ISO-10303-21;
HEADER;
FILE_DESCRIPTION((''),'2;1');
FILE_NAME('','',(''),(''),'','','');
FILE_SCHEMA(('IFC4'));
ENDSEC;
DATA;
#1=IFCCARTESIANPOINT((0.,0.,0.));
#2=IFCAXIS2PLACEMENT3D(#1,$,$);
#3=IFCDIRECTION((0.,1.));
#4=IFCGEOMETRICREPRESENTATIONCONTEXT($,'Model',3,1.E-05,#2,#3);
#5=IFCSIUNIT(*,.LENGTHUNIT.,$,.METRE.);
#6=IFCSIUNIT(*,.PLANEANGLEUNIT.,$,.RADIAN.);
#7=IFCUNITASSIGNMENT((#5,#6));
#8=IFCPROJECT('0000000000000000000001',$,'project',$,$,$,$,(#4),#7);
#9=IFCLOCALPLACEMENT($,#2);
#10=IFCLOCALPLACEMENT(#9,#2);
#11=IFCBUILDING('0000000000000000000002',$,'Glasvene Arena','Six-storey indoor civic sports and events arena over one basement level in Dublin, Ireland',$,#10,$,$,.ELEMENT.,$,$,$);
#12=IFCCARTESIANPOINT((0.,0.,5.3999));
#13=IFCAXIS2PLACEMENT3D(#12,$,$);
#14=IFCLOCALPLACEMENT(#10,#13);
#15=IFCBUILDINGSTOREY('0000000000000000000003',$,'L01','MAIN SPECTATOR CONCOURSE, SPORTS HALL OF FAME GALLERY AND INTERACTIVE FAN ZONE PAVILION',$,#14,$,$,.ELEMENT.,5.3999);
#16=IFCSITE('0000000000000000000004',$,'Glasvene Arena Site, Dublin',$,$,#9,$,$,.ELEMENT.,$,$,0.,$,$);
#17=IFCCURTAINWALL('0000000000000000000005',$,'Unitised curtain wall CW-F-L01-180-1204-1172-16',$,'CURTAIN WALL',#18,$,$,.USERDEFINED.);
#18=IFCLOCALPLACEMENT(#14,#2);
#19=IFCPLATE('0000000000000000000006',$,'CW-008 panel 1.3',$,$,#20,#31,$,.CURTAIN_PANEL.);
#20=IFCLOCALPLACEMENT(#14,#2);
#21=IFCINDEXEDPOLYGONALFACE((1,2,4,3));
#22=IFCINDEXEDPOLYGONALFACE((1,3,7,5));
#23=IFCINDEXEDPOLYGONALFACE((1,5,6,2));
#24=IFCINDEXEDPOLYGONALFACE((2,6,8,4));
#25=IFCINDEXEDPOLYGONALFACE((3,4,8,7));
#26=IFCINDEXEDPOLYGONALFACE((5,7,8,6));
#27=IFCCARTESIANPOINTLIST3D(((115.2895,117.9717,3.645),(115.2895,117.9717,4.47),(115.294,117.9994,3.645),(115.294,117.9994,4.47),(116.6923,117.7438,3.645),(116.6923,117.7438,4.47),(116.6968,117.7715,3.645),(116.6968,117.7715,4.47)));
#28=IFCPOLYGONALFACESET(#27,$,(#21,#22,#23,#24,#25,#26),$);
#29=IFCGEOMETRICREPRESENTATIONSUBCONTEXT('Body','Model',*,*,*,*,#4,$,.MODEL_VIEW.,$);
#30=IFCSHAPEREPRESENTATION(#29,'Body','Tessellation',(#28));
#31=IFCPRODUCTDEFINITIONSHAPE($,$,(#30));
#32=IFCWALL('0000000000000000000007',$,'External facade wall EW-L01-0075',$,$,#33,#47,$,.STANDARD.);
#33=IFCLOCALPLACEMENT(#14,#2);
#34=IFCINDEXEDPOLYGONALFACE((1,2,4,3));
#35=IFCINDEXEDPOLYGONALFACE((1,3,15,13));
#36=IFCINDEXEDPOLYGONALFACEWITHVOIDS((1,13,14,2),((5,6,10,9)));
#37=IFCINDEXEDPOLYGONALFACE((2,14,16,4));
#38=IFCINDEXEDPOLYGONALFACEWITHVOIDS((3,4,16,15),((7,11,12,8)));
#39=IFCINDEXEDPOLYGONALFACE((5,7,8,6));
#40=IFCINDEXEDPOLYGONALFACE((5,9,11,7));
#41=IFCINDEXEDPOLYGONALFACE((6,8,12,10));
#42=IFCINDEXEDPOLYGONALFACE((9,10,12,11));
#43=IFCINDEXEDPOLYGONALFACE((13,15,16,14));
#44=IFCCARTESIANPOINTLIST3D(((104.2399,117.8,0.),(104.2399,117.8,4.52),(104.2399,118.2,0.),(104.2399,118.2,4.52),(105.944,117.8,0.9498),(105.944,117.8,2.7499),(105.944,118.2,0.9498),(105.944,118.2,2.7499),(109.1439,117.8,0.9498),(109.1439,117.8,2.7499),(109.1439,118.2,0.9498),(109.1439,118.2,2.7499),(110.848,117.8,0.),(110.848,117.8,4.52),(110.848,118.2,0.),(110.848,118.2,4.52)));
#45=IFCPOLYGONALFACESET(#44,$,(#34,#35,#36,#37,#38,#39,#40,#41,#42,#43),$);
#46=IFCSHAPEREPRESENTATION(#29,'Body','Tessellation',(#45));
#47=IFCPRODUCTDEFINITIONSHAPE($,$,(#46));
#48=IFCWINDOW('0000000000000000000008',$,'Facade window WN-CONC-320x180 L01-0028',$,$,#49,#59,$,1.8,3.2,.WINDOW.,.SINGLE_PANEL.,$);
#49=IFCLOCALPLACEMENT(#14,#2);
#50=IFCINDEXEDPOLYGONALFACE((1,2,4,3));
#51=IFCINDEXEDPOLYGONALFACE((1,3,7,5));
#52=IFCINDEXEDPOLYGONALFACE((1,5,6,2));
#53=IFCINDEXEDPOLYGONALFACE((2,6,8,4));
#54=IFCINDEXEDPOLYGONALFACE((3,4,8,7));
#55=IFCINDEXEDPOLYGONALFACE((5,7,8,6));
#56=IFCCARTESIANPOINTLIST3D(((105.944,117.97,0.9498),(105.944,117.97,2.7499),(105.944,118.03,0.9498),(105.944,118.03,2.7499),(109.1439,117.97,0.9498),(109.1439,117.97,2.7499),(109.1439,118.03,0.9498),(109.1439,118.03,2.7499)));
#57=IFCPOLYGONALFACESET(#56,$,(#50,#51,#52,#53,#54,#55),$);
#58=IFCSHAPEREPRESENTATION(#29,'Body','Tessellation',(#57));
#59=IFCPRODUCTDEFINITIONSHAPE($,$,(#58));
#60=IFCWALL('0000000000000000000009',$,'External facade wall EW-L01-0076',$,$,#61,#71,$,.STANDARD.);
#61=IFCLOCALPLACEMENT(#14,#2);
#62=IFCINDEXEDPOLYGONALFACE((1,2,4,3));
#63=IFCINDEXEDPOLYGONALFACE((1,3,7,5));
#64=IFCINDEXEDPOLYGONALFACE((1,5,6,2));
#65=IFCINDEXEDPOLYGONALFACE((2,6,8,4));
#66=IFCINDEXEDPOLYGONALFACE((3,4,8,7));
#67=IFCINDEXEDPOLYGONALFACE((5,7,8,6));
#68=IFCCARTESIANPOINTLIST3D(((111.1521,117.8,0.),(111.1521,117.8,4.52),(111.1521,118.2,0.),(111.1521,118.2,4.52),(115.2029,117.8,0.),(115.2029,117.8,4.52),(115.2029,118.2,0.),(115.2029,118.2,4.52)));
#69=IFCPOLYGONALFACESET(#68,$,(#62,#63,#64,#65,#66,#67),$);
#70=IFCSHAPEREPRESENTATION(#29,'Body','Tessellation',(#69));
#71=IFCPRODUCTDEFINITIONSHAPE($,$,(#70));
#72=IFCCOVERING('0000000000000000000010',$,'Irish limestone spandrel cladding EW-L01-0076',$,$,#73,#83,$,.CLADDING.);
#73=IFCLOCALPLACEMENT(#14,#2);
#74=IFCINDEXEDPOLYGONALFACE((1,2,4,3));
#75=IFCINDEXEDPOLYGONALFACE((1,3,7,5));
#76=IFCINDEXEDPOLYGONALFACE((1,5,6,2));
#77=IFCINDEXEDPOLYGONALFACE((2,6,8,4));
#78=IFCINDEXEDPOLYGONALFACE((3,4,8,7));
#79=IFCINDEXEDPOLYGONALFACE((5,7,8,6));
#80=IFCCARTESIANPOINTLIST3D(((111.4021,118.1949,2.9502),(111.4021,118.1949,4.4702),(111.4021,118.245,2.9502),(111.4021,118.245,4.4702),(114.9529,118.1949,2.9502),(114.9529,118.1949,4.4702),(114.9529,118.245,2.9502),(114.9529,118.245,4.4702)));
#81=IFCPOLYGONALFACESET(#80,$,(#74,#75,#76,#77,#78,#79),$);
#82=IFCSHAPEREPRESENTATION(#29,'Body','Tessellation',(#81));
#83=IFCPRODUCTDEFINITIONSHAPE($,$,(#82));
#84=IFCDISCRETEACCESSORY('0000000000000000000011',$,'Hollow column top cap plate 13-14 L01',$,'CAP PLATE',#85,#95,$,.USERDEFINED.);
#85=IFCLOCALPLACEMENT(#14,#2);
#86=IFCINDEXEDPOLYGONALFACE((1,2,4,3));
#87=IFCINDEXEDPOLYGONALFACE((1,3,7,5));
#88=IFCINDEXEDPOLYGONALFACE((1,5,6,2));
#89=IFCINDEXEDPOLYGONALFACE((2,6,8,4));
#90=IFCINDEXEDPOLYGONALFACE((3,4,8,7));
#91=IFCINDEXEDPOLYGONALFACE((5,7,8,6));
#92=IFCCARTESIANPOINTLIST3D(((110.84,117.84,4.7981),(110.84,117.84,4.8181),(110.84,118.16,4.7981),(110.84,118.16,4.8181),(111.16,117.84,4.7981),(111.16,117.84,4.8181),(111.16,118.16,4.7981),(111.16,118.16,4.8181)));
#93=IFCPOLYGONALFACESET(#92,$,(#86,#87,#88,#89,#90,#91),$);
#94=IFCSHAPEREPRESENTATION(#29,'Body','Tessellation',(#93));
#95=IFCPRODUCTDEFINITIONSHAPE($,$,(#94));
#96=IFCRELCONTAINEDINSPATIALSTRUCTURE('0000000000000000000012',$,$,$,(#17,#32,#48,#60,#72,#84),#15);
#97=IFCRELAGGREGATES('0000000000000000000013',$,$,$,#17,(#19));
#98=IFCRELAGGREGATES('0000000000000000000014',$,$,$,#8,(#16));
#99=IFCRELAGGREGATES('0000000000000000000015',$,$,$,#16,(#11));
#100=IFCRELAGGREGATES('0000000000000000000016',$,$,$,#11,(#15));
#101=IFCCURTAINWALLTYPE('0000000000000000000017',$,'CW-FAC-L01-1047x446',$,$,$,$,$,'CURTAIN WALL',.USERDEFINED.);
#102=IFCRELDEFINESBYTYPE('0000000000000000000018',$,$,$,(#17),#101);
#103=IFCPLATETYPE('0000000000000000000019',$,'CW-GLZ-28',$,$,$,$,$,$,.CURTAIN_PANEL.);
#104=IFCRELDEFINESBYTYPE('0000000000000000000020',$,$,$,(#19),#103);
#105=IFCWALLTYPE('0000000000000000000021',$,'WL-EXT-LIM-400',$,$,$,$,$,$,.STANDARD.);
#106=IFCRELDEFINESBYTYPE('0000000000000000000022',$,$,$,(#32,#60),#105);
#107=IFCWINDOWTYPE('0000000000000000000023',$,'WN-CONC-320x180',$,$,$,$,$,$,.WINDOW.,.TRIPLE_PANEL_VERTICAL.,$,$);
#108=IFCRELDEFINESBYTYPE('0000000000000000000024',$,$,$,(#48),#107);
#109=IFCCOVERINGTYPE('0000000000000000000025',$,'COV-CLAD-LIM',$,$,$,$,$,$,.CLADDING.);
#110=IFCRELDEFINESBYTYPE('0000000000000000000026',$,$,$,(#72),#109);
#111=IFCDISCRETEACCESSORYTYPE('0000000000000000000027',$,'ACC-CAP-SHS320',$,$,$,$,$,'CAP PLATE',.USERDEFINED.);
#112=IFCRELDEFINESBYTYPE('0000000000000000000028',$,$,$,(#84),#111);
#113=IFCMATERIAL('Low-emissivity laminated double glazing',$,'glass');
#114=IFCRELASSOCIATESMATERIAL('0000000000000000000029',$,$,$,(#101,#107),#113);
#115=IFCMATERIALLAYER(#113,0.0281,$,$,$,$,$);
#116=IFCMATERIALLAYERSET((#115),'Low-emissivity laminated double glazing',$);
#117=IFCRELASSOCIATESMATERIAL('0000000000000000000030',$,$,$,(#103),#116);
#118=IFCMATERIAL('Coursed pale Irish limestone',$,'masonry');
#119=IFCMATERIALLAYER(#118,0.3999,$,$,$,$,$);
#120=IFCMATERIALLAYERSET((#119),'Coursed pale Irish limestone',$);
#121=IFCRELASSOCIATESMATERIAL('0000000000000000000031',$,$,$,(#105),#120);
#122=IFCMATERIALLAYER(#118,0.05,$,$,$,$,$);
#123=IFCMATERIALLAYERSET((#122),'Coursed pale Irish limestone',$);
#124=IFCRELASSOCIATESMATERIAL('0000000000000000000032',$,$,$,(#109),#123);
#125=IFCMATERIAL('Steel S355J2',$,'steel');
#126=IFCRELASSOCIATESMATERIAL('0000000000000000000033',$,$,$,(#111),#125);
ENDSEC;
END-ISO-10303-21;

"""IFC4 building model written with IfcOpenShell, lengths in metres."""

from ifc_helpers import new_model, si_unit, direction, frame, frame_2d, origin, origin_2d, place, context, subcontext, project, spatial, rectangle, extrude, material, layer, layer_set, type_object, element, fill, aggregate, save


model = new_model("IFC4")

# Units and contexts
model_context = context("Model", 3, precision=1e-05, world=origin(), true_north=direction((0.0, 1.0)))
body_context = subcontext(model_context, "Body", "Model", "MODEL_VIEW")
ifc_project = project(units=[si_unit("LENGTHUNIT", "METRE"), si_unit("PLANEANGLEUNIT", "RADIAN")], contexts=[model_context])

# Site, building, storey
site_placement = place(None, origin())
site = spatial("IfcSite", under=ifc_project, at=site_placement, Name="Glasvene Arena Site, Dublin", CompositionType="ELEMENT", RefElevation=0.0)
building_placement = place(site_placement, origin())
building = spatial("IfcBuilding", under=site, at=building_placement, Name="Glasvene Arena", Description="Six-storey indoor civic sports and events arena over one basement level in Dublin, Ireland", CompositionType="ELEMENT")
storey_placement = place(building_placement, frame((0.0, 0.0, 5.3999)))
storey = spatial("IfcBuildingStorey", under=building, at=storey_placement, Name="L01", Description="MAIN SPECTATOR CONCOURSE, SPORTS HALL OF FAME GALLERY AND INTERACTIVE FAN ZONE PAVILION", CompositionType="ELEMENT", Elevation=5.3999)

# Shared definitions
ifc_material_1 = material(Name="Steel S355J2", Category="steel")

# Curtain wall
ifc_material_2 = material(Name="Low-emissivity laminated double glazing", Category="glass")
curtain_wall_type_1 = type_object("IfcCurtainWallType", Name="CW-FAC-L01-1047x446", ElementType="CURTAIN WALL", PredefinedType="USERDEFINED", material=ifc_material_2)
curtain_wall_1_placement = place(storey_placement, frame((115.2424, 117.9937, 0.0)))
curtain_wall_1 = element("IfcCurtainWall", 1, at=curtain_wall_1_placement, inside=storey, type_object=curtain_wall_type_1, Name="Unitised curtain wall CW-F-L01-180-1204-1172-16", ObjectType="CURTAIN WALL", PredefinedType="USERDEFINED")

# Plate
ifc_layer_1 = layer(ifc_material_2, 0.0281)
ifc_layer_set_1 = layer_set([ifc_layer_1], Name="Low-emissivity laminated double glazing")
plate_type = type_object("IfcPlateType", Name="CW-GLZ-28", PredefinedType="CURTAIN_PANEL", material=ifc_layer_set_1)
plate_1_placement = place(storey_placement, frame((115.9932, 117.8716, 3.645), z_axis=(0.0, 0.0, 1.0), x_axis=(0.987057, -0.160367, 0.0)))
plate_1 = element("IfcPlate", 2, at=plate_1_placement, type_object=plate_type, Name="CW-008 panel 1.3", PredefinedType="CURTAIN_PANEL", context=body_context, shape_type="SweptSolid", body=[
    extrude(rectangle(XDim=1.4211, YDim=0.0281, at=origin_2d()), origin(), (0.0, 0.0, 1.0), 0.825),
])
aggregate(curtain_wall_1, [plate_1])

# Wall, opening, window
ifc_material_3 = material(Name="Coursed pale Irish limestone", Category="masonry")
ifc_layer_2 = layer(ifc_material_3, 0.3999)
ifc_layer_set_2 = layer_set([ifc_layer_2], Name="Coursed pale Irish limestone")
wall_type = type_object("IfcWallType", Name="WL-EXT-LIM-400", PredefinedType="STANDARD", material=ifc_layer_set_2)
wall_1_placement = place(storey_placement, frame((104.2397, 118.0, 0.0), z_axis=(0.0, 0.0, 1.0), x_axis=(1.0, 0.0, 0.0)))
wall_1 = element("IfcWall", 3, at=wall_1_placement, inside=storey, type_object=wall_type, Name="External facade wall EW-L01-0075", PredefinedType="STANDARD", context=body_context, shape_type="SweptSolid", body=[
    extrude(rectangle(XDim=6.6082, YDim=0.3999, at=frame_2d((3.3042, 0.0))), origin(), (0.0, 0.0, 1.0), 4.52),
])
opening_placement = place(wall_1_placement, frame((1.7041, 0.0, 0.95)))
opening = element("IfcOpeningElement", 4, at=opening_placement, cuts=wall_1, PredefinedType="OPENING", context=body_context, shape_type="SweptSolid", body=[
    extrude(rectangle(XDim=3.2, YDim=1.8, at=frame_2d((1.6001, 0.8999))), frame((0.0, 0.21, 0.0), z_axis=(0.0, -1.0, 0.0), x_axis=(1.0, 0.0, 0.0)), (0.0, 0.0, 1.0), 0.4199),
])
window_type = type_object("IfcWindowType", Name="WN-CONC-320x180", PartitioningType="TRIPLE_PANEL_VERTICAL", PredefinedType="WINDOW", material=ifc_material_2)
window_placement = place(opening_placement, origin())
window = element("IfcWindow", 5, at=window_placement, inside=storey, type_object=window_type, Name="Facade window WN-CONC-320x180 L01-0028", OverallHeight=1.8, OverallWidth=3.2, PartitioningType="SINGLE_PANEL", PredefinedType="WINDOW", context=body_context, shape_type="SweptSolid", body=[
    extrude(rectangle(XDim=3.2, YDim=1.8, at=frame_2d((1.6001, 0.8999))), frame((0.0, 0.03, 0.0), z_axis=(0.0, -1.0, 0.0), x_axis=(1.0, 0.0, 0.0)), (0.0, 0.0, 1.0), 0.0601),
])
fill(opening, window)

# Wall
wall_2_placement = place(storey_placement, frame((111.1521, 118.0, 0.0), z_axis=(0.0, 0.0, 1.0), x_axis=(1.0, 0.0, 0.0)))
element("IfcWall", 6, at=wall_2_placement, inside=storey, type_object=wall_type, Name="External facade wall EW-L01-0076", PredefinedType="STANDARD", context=body_context, shape_type="SweptSolid", body=[
    extrude(rectangle(XDim=4.0508, YDim=0.3999, at=frame_2d((2.0254, 0.0))), origin(), (0.0, 0.0, 1.0), 4.52),
])

# Covering
ifc_layer_3 = layer(ifc_material_3, 0.05)
ifc_layer_set_3 = layer_set([ifc_layer_3], Name="Coursed pale Irish limestone")
covering_type = type_object("IfcCoveringType", Name="COV-CLAD-LIM", PredefinedType="CLADDING", material=ifc_layer_set_3)
covering_placement = place(storey_placement, frame((113.1775, 118.22, 2.9502), z_axis=(0.0, 0.0, 1.0), x_axis=(1.0, 0.0, 0.0)))
element("IfcCovering", 7, at=covering_placement, inside=storey, type_object=covering_type, Name="Irish limestone spandrel cladding EW-L01-0076", PredefinedType="CLADDING", context=body_context, shape_type="SweptSolid", body=[
    extrude(rectangle(XDim=3.5508, YDim=0.05, at=origin_2d()), origin(), (0.0, 0.0, 1.0), 1.52),
])

# Discrete accessory
discrete_accessory_type = type_object("IfcDiscreteAccessoryType", Name="ACC-CAP-SHS320", ElementType="CAP PLATE", PredefinedType="USERDEFINED", material=ifc_material_1)
discrete_accessory_placement = place(storey_placement, frame((111.0, 118.0, 4.7981), z_axis=(0.0, 0.0, 1.0), x_axis=(1.0, 0.0, 0.0)))
element("IfcDiscreteAccessory", 8, at=discrete_accessory_placement, inside=storey, type_object=discrete_accessory_type, Name="Hollow column top cap plate 13-14 L01", ObjectType="CAP PLATE", PredefinedType="USERDEFINED", context=body_context, shape_type="SweptSolid", body=[
    extrude(rectangle(XDim=0.3201, YDim=0.3201, at=origin_2d()), origin(), (0.0, 0.0, 1.0), 0.02),
])

save(model, "model.ifc")
